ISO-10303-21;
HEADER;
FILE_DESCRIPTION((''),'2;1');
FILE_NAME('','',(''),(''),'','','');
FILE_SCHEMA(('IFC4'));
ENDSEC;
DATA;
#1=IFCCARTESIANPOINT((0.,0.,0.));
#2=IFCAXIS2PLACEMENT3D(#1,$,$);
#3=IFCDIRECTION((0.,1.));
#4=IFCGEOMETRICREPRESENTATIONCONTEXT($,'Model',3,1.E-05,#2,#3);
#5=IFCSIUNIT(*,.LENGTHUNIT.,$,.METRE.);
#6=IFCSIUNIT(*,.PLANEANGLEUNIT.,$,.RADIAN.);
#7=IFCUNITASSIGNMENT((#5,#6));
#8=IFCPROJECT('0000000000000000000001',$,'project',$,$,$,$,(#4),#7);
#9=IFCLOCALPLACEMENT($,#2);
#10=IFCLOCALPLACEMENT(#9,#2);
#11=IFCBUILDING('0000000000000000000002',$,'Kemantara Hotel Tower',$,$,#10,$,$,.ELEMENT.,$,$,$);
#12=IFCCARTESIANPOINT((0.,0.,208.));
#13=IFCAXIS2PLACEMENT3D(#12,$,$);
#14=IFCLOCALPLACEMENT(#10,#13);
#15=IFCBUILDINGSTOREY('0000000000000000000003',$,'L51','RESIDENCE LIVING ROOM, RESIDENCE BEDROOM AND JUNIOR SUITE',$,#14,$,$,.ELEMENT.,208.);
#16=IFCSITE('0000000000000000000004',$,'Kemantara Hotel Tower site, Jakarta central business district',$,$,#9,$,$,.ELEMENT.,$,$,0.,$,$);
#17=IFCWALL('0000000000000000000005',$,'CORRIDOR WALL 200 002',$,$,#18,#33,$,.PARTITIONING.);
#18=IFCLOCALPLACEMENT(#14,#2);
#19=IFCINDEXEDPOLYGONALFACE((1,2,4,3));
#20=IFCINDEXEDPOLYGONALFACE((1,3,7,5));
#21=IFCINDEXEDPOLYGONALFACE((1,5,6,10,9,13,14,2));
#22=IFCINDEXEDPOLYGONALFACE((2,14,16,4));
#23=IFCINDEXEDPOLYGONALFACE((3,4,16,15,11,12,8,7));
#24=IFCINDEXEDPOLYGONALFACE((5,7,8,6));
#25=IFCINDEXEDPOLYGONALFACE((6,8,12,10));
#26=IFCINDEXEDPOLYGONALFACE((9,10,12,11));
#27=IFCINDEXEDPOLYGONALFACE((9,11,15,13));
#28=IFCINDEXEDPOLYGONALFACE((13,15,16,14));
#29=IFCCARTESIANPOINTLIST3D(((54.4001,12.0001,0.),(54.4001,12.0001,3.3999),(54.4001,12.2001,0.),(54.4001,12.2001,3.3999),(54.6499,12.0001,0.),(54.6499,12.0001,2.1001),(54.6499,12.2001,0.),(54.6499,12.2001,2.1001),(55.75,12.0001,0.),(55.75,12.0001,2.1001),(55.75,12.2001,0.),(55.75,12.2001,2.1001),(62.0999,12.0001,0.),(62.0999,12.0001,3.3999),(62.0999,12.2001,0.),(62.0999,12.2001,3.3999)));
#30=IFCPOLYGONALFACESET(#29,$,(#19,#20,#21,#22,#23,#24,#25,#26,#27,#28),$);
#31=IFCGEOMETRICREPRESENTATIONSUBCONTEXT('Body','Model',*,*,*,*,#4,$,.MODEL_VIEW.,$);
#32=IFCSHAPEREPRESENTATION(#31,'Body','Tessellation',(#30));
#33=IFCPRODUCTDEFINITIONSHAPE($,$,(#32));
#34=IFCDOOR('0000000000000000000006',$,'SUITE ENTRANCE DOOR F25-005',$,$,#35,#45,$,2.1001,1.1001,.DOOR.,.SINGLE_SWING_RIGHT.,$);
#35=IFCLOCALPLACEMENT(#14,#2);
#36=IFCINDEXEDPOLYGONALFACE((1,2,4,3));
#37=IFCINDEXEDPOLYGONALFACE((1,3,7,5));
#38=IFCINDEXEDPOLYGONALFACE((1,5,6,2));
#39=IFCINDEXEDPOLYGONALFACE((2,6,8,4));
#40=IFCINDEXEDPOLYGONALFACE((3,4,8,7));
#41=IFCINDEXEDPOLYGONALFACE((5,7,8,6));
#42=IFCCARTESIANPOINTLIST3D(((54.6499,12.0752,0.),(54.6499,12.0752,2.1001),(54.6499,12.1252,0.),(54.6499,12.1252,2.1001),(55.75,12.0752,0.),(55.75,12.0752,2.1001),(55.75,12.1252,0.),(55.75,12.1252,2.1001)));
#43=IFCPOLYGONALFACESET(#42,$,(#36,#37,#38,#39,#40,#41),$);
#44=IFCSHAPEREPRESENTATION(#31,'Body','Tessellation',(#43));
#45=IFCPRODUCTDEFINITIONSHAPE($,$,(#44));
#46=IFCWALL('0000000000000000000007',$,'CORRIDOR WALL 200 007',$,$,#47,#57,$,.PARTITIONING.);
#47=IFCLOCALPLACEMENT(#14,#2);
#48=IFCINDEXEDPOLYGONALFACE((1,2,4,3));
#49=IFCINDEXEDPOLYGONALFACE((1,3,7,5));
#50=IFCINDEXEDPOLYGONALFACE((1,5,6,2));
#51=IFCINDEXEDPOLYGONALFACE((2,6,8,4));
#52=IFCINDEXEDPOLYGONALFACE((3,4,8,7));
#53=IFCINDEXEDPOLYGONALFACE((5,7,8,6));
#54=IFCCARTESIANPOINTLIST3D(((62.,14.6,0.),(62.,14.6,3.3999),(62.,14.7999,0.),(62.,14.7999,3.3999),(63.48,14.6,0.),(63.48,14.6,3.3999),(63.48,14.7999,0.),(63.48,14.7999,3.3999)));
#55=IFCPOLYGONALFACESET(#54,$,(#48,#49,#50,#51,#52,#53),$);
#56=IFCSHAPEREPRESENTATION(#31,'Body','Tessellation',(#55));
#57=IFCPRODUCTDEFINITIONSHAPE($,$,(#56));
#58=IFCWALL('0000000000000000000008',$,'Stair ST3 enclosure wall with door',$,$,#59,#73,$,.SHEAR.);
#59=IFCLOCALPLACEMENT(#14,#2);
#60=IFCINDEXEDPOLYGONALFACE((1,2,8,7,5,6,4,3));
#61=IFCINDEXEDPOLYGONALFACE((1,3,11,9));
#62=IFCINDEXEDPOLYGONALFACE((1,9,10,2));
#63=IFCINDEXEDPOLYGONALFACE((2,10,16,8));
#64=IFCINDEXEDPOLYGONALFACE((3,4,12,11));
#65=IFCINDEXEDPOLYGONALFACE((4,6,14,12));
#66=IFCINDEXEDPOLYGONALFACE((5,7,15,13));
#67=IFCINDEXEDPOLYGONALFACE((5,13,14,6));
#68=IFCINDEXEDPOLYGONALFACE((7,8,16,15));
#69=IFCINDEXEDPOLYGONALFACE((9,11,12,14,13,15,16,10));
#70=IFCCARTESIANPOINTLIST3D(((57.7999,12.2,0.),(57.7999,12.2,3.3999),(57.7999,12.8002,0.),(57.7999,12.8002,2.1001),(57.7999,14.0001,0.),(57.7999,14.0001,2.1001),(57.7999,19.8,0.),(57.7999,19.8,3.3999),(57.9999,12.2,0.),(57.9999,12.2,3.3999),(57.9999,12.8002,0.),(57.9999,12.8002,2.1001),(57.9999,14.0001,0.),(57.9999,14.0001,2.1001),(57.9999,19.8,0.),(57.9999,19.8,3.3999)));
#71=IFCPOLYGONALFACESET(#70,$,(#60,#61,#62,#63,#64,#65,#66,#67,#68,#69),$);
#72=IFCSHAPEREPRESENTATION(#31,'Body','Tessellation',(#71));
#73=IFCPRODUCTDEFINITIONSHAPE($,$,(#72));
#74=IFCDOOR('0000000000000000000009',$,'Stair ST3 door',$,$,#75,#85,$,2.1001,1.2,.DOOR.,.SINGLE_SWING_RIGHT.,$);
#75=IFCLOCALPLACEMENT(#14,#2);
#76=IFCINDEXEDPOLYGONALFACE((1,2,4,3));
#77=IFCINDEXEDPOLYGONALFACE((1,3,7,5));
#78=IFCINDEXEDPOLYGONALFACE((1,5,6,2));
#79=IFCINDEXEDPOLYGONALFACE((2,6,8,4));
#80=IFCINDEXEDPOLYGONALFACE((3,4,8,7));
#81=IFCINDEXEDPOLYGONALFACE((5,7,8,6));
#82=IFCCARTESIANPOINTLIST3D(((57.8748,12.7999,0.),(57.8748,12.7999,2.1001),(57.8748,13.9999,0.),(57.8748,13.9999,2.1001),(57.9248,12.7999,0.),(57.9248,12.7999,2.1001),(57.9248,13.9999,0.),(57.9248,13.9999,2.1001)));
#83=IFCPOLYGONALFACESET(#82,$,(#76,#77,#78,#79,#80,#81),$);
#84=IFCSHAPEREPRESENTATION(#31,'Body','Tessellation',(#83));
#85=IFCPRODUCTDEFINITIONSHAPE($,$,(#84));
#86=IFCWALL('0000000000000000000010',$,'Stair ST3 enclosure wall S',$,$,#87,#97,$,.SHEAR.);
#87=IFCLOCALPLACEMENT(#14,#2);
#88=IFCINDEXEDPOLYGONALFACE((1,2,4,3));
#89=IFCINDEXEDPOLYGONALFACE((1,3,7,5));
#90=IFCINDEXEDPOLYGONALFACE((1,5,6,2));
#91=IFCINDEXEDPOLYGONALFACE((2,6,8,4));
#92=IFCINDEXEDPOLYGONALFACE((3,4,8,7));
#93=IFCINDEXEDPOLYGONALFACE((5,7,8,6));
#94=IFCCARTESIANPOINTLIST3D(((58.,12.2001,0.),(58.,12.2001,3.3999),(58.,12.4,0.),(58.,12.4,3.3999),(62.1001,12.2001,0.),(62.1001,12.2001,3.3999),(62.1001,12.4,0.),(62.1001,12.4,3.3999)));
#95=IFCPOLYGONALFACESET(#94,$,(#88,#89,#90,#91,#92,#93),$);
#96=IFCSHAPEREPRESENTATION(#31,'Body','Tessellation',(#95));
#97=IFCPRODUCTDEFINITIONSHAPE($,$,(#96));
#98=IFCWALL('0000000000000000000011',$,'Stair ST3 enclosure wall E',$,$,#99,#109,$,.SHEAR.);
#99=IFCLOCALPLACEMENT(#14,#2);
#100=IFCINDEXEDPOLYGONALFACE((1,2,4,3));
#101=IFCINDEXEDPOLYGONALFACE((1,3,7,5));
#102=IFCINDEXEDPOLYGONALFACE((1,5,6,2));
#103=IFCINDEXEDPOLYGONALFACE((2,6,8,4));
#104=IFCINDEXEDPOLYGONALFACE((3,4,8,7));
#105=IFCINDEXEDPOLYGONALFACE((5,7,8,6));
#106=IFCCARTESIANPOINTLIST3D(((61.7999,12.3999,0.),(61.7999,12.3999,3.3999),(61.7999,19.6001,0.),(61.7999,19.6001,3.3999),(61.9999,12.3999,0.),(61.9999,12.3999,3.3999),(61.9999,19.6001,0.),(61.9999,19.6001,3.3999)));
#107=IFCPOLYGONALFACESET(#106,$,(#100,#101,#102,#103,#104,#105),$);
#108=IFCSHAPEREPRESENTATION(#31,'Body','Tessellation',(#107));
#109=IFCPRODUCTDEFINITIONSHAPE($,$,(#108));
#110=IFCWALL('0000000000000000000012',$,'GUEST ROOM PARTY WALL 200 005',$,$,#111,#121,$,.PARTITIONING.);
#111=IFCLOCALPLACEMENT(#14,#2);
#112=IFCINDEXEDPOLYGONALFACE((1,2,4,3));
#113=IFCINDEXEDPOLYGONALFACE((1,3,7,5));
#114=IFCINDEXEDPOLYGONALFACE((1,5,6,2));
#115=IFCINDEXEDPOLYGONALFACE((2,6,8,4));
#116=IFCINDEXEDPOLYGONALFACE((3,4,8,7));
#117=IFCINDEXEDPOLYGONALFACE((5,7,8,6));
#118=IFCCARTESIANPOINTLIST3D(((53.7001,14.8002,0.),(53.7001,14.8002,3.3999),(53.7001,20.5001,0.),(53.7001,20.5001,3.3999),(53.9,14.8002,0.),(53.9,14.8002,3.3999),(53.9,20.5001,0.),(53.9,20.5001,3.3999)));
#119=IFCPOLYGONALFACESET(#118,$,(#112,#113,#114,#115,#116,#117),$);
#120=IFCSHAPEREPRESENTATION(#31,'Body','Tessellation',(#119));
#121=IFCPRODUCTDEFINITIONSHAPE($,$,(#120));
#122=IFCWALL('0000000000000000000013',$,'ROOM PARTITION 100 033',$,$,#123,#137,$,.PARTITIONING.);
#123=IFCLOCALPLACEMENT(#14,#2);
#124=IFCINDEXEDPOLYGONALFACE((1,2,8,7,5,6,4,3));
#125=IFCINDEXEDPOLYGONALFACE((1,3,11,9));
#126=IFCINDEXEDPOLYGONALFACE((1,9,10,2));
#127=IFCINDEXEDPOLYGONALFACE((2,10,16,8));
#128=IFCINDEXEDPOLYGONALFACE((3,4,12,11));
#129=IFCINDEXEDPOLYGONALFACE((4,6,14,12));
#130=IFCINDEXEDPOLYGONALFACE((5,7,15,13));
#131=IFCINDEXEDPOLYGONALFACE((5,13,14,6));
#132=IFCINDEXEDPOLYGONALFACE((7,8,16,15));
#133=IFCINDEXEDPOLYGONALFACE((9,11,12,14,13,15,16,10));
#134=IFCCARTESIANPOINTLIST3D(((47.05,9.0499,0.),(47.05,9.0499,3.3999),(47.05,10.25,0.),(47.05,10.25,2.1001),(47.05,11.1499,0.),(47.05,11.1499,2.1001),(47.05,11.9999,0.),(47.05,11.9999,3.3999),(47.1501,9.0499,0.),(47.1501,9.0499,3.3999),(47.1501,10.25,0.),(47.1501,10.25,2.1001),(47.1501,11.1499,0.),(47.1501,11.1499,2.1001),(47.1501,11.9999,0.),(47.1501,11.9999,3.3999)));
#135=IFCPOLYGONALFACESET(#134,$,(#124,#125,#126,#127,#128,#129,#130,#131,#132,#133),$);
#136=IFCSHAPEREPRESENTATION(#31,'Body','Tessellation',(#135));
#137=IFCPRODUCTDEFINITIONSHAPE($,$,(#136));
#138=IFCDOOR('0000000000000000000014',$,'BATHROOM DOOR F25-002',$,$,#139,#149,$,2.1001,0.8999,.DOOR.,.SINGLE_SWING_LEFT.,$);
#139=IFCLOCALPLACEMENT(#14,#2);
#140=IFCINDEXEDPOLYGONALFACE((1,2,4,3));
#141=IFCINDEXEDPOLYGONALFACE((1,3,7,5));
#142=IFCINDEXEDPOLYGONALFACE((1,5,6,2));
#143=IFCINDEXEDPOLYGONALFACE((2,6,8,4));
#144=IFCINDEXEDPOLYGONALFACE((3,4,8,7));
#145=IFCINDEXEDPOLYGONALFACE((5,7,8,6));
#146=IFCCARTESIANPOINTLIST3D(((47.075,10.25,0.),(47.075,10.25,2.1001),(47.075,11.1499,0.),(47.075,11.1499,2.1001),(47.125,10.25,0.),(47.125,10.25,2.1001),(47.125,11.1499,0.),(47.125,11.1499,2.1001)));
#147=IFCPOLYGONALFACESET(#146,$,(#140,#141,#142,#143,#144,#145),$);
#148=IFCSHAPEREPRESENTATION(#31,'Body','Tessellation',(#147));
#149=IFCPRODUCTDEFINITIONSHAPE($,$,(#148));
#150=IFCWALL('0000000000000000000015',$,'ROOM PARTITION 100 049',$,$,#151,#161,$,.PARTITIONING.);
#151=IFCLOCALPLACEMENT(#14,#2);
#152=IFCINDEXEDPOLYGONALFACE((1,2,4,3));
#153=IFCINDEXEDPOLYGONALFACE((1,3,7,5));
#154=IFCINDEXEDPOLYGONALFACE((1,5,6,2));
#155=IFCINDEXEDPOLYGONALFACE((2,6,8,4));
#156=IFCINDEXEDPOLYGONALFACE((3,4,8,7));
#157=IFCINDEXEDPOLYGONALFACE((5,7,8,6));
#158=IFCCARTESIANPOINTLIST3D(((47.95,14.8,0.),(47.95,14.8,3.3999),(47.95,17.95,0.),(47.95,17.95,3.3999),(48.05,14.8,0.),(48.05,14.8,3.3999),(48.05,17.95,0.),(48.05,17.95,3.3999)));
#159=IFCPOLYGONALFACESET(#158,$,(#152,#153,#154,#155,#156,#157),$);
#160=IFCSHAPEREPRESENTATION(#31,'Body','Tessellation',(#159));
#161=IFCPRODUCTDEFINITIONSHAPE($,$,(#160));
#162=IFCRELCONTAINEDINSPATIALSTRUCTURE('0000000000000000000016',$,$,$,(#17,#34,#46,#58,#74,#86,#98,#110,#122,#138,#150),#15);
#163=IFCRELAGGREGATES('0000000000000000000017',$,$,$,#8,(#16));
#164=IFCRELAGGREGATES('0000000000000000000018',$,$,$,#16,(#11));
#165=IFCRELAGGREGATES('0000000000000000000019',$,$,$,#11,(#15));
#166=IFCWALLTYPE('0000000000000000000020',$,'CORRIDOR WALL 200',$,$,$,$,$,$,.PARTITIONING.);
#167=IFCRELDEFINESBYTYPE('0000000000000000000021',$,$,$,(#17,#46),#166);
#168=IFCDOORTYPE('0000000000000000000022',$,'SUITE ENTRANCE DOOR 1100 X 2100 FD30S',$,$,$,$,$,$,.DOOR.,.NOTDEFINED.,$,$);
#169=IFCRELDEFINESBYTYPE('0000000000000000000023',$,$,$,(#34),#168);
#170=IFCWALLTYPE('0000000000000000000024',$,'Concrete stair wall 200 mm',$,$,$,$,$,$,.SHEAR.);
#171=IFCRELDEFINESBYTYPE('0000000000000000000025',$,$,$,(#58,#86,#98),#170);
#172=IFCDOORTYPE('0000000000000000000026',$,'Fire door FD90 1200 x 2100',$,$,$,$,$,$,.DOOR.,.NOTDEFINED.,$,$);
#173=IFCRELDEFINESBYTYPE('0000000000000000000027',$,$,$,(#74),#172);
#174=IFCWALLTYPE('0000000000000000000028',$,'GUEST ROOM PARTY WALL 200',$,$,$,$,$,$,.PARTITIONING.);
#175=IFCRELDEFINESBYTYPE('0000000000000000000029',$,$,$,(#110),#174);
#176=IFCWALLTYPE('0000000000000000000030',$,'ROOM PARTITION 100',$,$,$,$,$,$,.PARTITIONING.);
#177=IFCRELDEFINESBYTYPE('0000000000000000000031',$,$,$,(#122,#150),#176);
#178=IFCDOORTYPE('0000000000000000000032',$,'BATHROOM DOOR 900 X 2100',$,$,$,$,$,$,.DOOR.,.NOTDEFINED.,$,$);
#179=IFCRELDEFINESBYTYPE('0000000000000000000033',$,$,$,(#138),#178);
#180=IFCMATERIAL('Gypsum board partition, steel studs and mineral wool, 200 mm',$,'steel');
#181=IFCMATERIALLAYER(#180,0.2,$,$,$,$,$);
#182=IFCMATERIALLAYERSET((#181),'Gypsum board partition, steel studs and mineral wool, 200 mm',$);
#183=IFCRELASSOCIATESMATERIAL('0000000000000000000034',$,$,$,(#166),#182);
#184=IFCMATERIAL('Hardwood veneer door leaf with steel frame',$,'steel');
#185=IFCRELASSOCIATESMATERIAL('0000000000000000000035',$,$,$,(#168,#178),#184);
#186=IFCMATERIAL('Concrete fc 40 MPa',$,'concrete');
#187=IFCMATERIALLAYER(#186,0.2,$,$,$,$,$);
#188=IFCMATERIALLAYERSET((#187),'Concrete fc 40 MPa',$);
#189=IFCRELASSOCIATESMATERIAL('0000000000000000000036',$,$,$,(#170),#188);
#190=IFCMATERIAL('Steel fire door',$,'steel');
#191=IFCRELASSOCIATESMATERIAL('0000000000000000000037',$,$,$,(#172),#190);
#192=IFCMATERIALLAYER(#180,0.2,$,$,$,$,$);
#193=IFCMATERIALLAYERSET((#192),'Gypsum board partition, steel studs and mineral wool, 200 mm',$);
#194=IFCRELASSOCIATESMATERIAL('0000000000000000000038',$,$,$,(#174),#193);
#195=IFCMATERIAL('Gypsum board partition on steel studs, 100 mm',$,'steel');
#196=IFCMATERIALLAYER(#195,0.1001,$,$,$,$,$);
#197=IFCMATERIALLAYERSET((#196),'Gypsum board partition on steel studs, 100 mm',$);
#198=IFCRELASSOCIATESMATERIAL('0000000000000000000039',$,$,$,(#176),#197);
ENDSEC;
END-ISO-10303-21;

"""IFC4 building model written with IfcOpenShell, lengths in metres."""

from ifc_helpers import new_model, si_unit, direction, frame, frame_2d, origin, place, context, subcontext, project, spatial, rectangle, extrude, material, layer, layer_set, type_object, element, fill, save


model = new_model("IFC4")

# Units and contexts
model_context = context("Model", 3, precision=1e-05, world=origin(), true_north=direction((0.0, 1.0)))
body_context = subcontext(model_context, "Body", "Model", "MODEL_VIEW")
ifc_project = project(units=[si_unit("LENGTHUNIT", "METRE"), si_unit("PLANEANGLEUNIT", "RADIAN")], contexts=[model_context])

# Site, building, storey
site_placement = place(None, origin())
site = spatial("IfcSite", under=ifc_project, at=site_placement, Name="Kemantara Hotel Tower site, Jakarta central business district", CompositionType="ELEMENT", RefElevation=0.0)
building_placement = place(site_placement, origin())
building = spatial("IfcBuilding", under=site, at=building_placement, Name="Kemantara Hotel Tower", CompositionType="ELEMENT")
storey_placement = place(building_placement, frame((0.0, 0.0, 208.0)))
storey = spatial("IfcBuildingStorey", under=building, at=storey_placement, Name="L51", Description="RESIDENCE LIVING ROOM, RESIDENCE BEDROOM AND JUNIOR SUITE", CompositionType="ELEMENT", Elevation=208.0)

# Shared definitions
ifc_material_1 = material(Name="Gypsum board partition, steel studs and mineral wool, 200 mm", Category="steel")
ifc_layer_1 = layer(ifc_material_1, 0.2)
ifc_layer_set_1 = layer_set([ifc_layer_1], Name="Gypsum board partition, steel studs and mineral wool, 200 mm")
wall_type_1 = type_object("IfcWallType", Name="CORRIDOR WALL 200", PredefinedType="PARTITIONING", material=ifc_layer_set_1)
ifc_material_2 = material(Name="Hardwood veneer door leaf with steel frame", Category="steel")

# Wall, opening, door
wall_1_placement = place(storey_placement, frame((62.0999, 12.1001, 0.0), z_axis=(0.0, 0.0, 1.0), x_axis=(-1.0, 0.0, 0.0)))
wall_1 = element("IfcWall", 1, at=wall_1_placement, inside=storey, type_object=wall_type_1, Name="CORRIDOR WALL 200 002", PredefinedType="PARTITIONING", context=body_context, shape_type="SweptSolid", body=[
    extrude(rectangle(XDim=7.6997, YDim=0.2, at=frame_2d((3.8499, 0.0))), origin(), (0.0, 0.0, 1.0), 3.3999),
])
opening_1_placement = place(wall_1_placement, frame((6.3499, 0.0, 0.0)))
opening_1 = element("IfcOpeningElement", 2, at=opening_1_placement, cuts=wall_1, PredefinedType="OPENING", context=body_context, shape_type="SweptSolid", body=[
    extrude(rectangle(XDim=1.1001, YDim=2.1001, at=frame_2d((0.55, 1.05))), frame((0.0, 0.1099, 0.0), z_axis=(0.0, -1.0, 0.0), x_axis=(1.0, 0.0, 0.0)), (0.0, 0.0, 1.0), 0.22),
])
door_type_1 = type_object("IfcDoorType", Name="SUITE ENTRANCE DOOR 1100 X 2100 FD30S", OperationType="NOTDEFINED", PredefinedType="DOOR", material=ifc_material_2)
door_1_placement = place(opening_1_placement, origin())
door_1 = element("IfcDoor", 3, at=door_1_placement, inside=storey, type_object=door_type_1, Name="SUITE ENTRANCE DOOR F25-005", OperationType="SINGLE_SWING_RIGHT", OverallHeight=2.1001, OverallWidth=1.1001, PredefinedType="DOOR", context=body_context, shape_type="SweptSolid", body=[
    extrude(rectangle(XDim=1.1001, YDim=2.1001, at=frame_2d((0.55, 1.05))), frame((0.0, 0.0249, 0.0), z_axis=(0.0, -1.0, 0.0), x_axis=(1.0, 0.0, 0.0)), (0.0, 0.0, 1.0), 0.05),
])
fill(opening_1, door_1)

# Wall
wall_2_placement = place(storey_placement, frame((62.0, 14.7, 0.0), z_axis=(0.0, 0.0, 1.0), x_axis=(1.0, 0.0, 0.0)))
element("IfcWall", 4, at=wall_2_placement, inside=storey, type_object=wall_type_1, Name="CORRIDOR WALL 200 007", PredefinedType="PARTITIONING", context=body_context, shape_type="SweptSolid", body=[
    extrude(rectangle(XDim=1.48, YDim=0.2, at=frame_2d((0.74, 0.0))), origin(), (0.0, 0.0, 1.0), 3.3999),
])

# Wall, opening, door
ifc_material_3 = material(Name="Concrete fc 40 MPa", Category="concrete")
ifc_layer_2 = layer(ifc_material_3, 0.2)
ifc_layer_set_2 = layer_set([ifc_layer_2], Name="Concrete fc 40 MPa")
wall_type_2 = type_object("IfcWallType", Name="Concrete stair wall 200 mm", PredefinedType="SHEAR", material=ifc_layer_set_2)
wall_3_placement = place(storey_placement, frame((57.8999, 12.2, 0.0), z_axis=(0.0, 0.0, 1.0), x_axis=(0.0, 1.0, 0.0)))
wall_3 = element("IfcWall", 5, at=wall_3_placement, inside=storey, type_object=wall_type_2, Name="Stair ST3 enclosure wall with door", PredefinedType="SHEAR", context=body_context, shape_type="SweptSolid", body=[
    extrude(rectangle(XDim=7.6001, YDim=0.2, at=frame_2d((3.8, 0.0))), origin(), (0.0, 0.0, 1.0), 3.3999),
])
opening_2_placement = place(wall_3_placement, frame((0.6001, 0.0, 0.0)))
opening_2 = element("IfcOpeningElement", 6, at=opening_2_placement, cuts=wall_3, PredefinedType="OPENING", context=body_context, shape_type="SweptSolid", body=[
    extrude(rectangle(XDim=1.2, YDim=2.1001, at=frame_2d((0.6001, 1.05))), frame((0.0, 0.1099, 0.0), z_axis=(0.0, -1.0, 0.0), x_axis=(1.0, 0.0, 0.0)), (0.0, 0.0, 1.0), 0.22),
])
ifc_material_4 = material(Name="Steel fire door", Category="steel")
door_type_2 = type_object("IfcDoorType", Name="Fire door FD90 1200 x 2100", OperationType="NOTDEFINED", PredefinedType="DOOR", material=ifc_material_4)
door_2_placement = place(opening_2_placement, frame((1.2, 0.0, 0.0), z_axis=(0.0, 0.0, 1.0), x_axis=(-1.0, 0.0, 0.0)))
door_2 = element("IfcDoor", 7, at=door_2_placement, inside=storey, type_object=door_type_2, Name="Stair ST3 door", OperationType="SINGLE_SWING_RIGHT", OverallHeight=2.1001, OverallWidth=1.2, PredefinedType="DOOR", context=body_context, shape_type="SweptSolid", body=[
    extrude(rectangle(XDim=1.2, YDim=2.1001, at=frame_2d((0.6001, 1.05))), frame((0.0, 0.0249, 0.0), z_axis=(0.0, -1.0, 0.0), x_axis=(1.0, 0.0, 0.0)), (0.0, 0.0, 1.0), 0.05),
])
fill(opening_2, door_2)

# Walls
wall_4_placement = place(storey_placement, frame((58.0, 12.3, 0.0), z_axis=(0.0, 0.0, 1.0), x_axis=(1.0, 0.0, 0.0)))
element("IfcWall", 8, at=wall_4_placement, inside=storey, type_object=wall_type_2, Name="Stair ST3 enclosure wall S", PredefinedType="SHEAR", context=body_context, shape_type="SweptSolid", body=[
    extrude(rectangle(XDim=4.1001, YDim=0.2, at=frame_2d((2.05, 0.0))), origin(), (0.0, 0.0, 1.0), 3.3999),
])
wall_5_placement = place(storey_placement, frame((61.8999, 12.3999, 0.0), z_axis=(0.0, 0.0, 1.0), x_axis=(0.0, 1.0, 0.0)))
element("IfcWall", 9, at=wall_5_placement, inside=storey, type_object=wall_type_2, Name="Stair ST3 enclosure wall E", PredefinedType="SHEAR", context=body_context, shape_type="SweptSolid", body=[
    extrude(rectangle(XDim=7.2002, YDim=0.2, at=frame_2d((3.6001, 0.0))), origin(), (0.0, 0.0, 1.0), 3.3999),
])
ifc_layer_3 = layer(ifc_material_1, 0.2)
ifc_layer_set_3 = layer_set([ifc_layer_3], Name="Gypsum board partition, steel studs and mineral wool, 200 mm")
wall_type_3 = type_object("IfcWallType", Name="GUEST ROOM PARTY WALL 200", PredefinedType="PARTITIONING", material=ifc_layer_set_3)
wall_6_placement = place(storey_placement, frame((53.8, 14.8, 0.0), z_axis=(0.0, 0.0, 1.0), x_axis=(0.0, 1.0, 0.0)))
element("IfcWall", 10, at=wall_6_placement, inside=storey, type_object=wall_type_3, Name="GUEST ROOM PARTY WALL 200 005", PredefinedType="PARTITIONING", context=body_context, shape_type="SweptSolid", body=[
    extrude(rectangle(XDim=5.7, YDim=0.2, at=frame_2d((2.8501, 0.0))), origin(), (0.0, 0.0, 1.0), 3.3999),
])

# Wall, opening, door
ifc_material_5 = material(Name="Gypsum board partition on steel studs, 100 mm", Category="steel")
ifc_layer_4 = layer(ifc_material_5, 0.1001)
ifc_layer_set_4 = layer_set([ifc_layer_4], Name="Gypsum board partition on steel studs, 100 mm")
wall_type_4 = type_object("IfcWallType", Name="ROOM PARTITION 100", PredefinedType="PARTITIONING", material=ifc_layer_set_4)
wall_7_placement = place(storey_placement, frame((47.1001, 12.0, 0.0), z_axis=(0.0, 0.0, 1.0), x_axis=(0.0, -1.0, 0.0)))
wall_7 = element("IfcWall", 11, at=wall_7_placement, inside=storey, type_object=wall_type_4, Name="ROOM PARTITION 100 033", PredefinedType="PARTITIONING", context=body_context, shape_type="SweptSolid", body=[
    extrude(rectangle(XDim=2.95, YDim=0.1001, at=frame_2d((1.4751, 0.0))), origin(), (0.0, 0.0, 1.0), 3.3999),
])
opening_3_placement = place(wall_7_placement, frame((0.8501, 0.0, 0.0)))
opening_3 = element("IfcOpeningElement", 12, at=opening_3_placement, cuts=wall_7, PredefinedType="OPENING", context=body_context, shape_type="SweptSolid", body=[
    extrude(rectangle(XDim=0.8999, YDim=2.1001, at=frame_2d((0.45, 1.05))), frame((0.0, 0.0601, 0.0), z_axis=(0.0, -1.0, 0.0), x_axis=(1.0, 0.0, 0.0)), (0.0, 0.0, 1.0), 0.1201),
])
door_type_3 = type_object("IfcDoorType", Name="BATHROOM DOOR 900 X 2100", OperationType="NOTDEFINED", PredefinedType="DOOR", material=ifc_material_2)
door_3_placement = place(opening_3_placement, origin())
door_3 = element("IfcDoor", 13, at=door_3_placement, inside=storey, type_object=door_type_3, Name="BATHROOM DOOR F25-002", OperationType="SINGLE_SWING_LEFT", OverallHeight=2.1001, OverallWidth=0.8999, PredefinedType="DOOR", context=body_context, shape_type="SweptSolid", body=[
    extrude(rectangle(XDim=0.8999, YDim=2.1001, at=frame_2d((0.45, 1.05))), frame((0.0, 0.0249, 0.0), z_axis=(0.0, -1.0, 0.0), x_axis=(1.0, 0.0, 0.0)), (0.0, 0.0, 1.0), 0.05),
])
fill(opening_3, door_3)

# Wall
wall_8_placement = place(storey_placement, frame((48.0, 14.8, 0.0), z_axis=(0.0, 0.0, 1.0), x_axis=(0.0, 1.0, 0.0)))
element("IfcWall", 14, at=wall_8_placement, inside=storey, type_object=wall_type_4, Name="ROOM PARTITION 100 049", PredefinedType="PARTITIONING", context=body_context, shape_type="SweptSolid", body=[
    extrude(rectangle(XDim=3.1499, YDim=0.1001, at=frame_2d((1.575, 0.0))), origin(), (0.0, 0.0, 1.0), 3.3999),
])

save(model, "model.ifc")
